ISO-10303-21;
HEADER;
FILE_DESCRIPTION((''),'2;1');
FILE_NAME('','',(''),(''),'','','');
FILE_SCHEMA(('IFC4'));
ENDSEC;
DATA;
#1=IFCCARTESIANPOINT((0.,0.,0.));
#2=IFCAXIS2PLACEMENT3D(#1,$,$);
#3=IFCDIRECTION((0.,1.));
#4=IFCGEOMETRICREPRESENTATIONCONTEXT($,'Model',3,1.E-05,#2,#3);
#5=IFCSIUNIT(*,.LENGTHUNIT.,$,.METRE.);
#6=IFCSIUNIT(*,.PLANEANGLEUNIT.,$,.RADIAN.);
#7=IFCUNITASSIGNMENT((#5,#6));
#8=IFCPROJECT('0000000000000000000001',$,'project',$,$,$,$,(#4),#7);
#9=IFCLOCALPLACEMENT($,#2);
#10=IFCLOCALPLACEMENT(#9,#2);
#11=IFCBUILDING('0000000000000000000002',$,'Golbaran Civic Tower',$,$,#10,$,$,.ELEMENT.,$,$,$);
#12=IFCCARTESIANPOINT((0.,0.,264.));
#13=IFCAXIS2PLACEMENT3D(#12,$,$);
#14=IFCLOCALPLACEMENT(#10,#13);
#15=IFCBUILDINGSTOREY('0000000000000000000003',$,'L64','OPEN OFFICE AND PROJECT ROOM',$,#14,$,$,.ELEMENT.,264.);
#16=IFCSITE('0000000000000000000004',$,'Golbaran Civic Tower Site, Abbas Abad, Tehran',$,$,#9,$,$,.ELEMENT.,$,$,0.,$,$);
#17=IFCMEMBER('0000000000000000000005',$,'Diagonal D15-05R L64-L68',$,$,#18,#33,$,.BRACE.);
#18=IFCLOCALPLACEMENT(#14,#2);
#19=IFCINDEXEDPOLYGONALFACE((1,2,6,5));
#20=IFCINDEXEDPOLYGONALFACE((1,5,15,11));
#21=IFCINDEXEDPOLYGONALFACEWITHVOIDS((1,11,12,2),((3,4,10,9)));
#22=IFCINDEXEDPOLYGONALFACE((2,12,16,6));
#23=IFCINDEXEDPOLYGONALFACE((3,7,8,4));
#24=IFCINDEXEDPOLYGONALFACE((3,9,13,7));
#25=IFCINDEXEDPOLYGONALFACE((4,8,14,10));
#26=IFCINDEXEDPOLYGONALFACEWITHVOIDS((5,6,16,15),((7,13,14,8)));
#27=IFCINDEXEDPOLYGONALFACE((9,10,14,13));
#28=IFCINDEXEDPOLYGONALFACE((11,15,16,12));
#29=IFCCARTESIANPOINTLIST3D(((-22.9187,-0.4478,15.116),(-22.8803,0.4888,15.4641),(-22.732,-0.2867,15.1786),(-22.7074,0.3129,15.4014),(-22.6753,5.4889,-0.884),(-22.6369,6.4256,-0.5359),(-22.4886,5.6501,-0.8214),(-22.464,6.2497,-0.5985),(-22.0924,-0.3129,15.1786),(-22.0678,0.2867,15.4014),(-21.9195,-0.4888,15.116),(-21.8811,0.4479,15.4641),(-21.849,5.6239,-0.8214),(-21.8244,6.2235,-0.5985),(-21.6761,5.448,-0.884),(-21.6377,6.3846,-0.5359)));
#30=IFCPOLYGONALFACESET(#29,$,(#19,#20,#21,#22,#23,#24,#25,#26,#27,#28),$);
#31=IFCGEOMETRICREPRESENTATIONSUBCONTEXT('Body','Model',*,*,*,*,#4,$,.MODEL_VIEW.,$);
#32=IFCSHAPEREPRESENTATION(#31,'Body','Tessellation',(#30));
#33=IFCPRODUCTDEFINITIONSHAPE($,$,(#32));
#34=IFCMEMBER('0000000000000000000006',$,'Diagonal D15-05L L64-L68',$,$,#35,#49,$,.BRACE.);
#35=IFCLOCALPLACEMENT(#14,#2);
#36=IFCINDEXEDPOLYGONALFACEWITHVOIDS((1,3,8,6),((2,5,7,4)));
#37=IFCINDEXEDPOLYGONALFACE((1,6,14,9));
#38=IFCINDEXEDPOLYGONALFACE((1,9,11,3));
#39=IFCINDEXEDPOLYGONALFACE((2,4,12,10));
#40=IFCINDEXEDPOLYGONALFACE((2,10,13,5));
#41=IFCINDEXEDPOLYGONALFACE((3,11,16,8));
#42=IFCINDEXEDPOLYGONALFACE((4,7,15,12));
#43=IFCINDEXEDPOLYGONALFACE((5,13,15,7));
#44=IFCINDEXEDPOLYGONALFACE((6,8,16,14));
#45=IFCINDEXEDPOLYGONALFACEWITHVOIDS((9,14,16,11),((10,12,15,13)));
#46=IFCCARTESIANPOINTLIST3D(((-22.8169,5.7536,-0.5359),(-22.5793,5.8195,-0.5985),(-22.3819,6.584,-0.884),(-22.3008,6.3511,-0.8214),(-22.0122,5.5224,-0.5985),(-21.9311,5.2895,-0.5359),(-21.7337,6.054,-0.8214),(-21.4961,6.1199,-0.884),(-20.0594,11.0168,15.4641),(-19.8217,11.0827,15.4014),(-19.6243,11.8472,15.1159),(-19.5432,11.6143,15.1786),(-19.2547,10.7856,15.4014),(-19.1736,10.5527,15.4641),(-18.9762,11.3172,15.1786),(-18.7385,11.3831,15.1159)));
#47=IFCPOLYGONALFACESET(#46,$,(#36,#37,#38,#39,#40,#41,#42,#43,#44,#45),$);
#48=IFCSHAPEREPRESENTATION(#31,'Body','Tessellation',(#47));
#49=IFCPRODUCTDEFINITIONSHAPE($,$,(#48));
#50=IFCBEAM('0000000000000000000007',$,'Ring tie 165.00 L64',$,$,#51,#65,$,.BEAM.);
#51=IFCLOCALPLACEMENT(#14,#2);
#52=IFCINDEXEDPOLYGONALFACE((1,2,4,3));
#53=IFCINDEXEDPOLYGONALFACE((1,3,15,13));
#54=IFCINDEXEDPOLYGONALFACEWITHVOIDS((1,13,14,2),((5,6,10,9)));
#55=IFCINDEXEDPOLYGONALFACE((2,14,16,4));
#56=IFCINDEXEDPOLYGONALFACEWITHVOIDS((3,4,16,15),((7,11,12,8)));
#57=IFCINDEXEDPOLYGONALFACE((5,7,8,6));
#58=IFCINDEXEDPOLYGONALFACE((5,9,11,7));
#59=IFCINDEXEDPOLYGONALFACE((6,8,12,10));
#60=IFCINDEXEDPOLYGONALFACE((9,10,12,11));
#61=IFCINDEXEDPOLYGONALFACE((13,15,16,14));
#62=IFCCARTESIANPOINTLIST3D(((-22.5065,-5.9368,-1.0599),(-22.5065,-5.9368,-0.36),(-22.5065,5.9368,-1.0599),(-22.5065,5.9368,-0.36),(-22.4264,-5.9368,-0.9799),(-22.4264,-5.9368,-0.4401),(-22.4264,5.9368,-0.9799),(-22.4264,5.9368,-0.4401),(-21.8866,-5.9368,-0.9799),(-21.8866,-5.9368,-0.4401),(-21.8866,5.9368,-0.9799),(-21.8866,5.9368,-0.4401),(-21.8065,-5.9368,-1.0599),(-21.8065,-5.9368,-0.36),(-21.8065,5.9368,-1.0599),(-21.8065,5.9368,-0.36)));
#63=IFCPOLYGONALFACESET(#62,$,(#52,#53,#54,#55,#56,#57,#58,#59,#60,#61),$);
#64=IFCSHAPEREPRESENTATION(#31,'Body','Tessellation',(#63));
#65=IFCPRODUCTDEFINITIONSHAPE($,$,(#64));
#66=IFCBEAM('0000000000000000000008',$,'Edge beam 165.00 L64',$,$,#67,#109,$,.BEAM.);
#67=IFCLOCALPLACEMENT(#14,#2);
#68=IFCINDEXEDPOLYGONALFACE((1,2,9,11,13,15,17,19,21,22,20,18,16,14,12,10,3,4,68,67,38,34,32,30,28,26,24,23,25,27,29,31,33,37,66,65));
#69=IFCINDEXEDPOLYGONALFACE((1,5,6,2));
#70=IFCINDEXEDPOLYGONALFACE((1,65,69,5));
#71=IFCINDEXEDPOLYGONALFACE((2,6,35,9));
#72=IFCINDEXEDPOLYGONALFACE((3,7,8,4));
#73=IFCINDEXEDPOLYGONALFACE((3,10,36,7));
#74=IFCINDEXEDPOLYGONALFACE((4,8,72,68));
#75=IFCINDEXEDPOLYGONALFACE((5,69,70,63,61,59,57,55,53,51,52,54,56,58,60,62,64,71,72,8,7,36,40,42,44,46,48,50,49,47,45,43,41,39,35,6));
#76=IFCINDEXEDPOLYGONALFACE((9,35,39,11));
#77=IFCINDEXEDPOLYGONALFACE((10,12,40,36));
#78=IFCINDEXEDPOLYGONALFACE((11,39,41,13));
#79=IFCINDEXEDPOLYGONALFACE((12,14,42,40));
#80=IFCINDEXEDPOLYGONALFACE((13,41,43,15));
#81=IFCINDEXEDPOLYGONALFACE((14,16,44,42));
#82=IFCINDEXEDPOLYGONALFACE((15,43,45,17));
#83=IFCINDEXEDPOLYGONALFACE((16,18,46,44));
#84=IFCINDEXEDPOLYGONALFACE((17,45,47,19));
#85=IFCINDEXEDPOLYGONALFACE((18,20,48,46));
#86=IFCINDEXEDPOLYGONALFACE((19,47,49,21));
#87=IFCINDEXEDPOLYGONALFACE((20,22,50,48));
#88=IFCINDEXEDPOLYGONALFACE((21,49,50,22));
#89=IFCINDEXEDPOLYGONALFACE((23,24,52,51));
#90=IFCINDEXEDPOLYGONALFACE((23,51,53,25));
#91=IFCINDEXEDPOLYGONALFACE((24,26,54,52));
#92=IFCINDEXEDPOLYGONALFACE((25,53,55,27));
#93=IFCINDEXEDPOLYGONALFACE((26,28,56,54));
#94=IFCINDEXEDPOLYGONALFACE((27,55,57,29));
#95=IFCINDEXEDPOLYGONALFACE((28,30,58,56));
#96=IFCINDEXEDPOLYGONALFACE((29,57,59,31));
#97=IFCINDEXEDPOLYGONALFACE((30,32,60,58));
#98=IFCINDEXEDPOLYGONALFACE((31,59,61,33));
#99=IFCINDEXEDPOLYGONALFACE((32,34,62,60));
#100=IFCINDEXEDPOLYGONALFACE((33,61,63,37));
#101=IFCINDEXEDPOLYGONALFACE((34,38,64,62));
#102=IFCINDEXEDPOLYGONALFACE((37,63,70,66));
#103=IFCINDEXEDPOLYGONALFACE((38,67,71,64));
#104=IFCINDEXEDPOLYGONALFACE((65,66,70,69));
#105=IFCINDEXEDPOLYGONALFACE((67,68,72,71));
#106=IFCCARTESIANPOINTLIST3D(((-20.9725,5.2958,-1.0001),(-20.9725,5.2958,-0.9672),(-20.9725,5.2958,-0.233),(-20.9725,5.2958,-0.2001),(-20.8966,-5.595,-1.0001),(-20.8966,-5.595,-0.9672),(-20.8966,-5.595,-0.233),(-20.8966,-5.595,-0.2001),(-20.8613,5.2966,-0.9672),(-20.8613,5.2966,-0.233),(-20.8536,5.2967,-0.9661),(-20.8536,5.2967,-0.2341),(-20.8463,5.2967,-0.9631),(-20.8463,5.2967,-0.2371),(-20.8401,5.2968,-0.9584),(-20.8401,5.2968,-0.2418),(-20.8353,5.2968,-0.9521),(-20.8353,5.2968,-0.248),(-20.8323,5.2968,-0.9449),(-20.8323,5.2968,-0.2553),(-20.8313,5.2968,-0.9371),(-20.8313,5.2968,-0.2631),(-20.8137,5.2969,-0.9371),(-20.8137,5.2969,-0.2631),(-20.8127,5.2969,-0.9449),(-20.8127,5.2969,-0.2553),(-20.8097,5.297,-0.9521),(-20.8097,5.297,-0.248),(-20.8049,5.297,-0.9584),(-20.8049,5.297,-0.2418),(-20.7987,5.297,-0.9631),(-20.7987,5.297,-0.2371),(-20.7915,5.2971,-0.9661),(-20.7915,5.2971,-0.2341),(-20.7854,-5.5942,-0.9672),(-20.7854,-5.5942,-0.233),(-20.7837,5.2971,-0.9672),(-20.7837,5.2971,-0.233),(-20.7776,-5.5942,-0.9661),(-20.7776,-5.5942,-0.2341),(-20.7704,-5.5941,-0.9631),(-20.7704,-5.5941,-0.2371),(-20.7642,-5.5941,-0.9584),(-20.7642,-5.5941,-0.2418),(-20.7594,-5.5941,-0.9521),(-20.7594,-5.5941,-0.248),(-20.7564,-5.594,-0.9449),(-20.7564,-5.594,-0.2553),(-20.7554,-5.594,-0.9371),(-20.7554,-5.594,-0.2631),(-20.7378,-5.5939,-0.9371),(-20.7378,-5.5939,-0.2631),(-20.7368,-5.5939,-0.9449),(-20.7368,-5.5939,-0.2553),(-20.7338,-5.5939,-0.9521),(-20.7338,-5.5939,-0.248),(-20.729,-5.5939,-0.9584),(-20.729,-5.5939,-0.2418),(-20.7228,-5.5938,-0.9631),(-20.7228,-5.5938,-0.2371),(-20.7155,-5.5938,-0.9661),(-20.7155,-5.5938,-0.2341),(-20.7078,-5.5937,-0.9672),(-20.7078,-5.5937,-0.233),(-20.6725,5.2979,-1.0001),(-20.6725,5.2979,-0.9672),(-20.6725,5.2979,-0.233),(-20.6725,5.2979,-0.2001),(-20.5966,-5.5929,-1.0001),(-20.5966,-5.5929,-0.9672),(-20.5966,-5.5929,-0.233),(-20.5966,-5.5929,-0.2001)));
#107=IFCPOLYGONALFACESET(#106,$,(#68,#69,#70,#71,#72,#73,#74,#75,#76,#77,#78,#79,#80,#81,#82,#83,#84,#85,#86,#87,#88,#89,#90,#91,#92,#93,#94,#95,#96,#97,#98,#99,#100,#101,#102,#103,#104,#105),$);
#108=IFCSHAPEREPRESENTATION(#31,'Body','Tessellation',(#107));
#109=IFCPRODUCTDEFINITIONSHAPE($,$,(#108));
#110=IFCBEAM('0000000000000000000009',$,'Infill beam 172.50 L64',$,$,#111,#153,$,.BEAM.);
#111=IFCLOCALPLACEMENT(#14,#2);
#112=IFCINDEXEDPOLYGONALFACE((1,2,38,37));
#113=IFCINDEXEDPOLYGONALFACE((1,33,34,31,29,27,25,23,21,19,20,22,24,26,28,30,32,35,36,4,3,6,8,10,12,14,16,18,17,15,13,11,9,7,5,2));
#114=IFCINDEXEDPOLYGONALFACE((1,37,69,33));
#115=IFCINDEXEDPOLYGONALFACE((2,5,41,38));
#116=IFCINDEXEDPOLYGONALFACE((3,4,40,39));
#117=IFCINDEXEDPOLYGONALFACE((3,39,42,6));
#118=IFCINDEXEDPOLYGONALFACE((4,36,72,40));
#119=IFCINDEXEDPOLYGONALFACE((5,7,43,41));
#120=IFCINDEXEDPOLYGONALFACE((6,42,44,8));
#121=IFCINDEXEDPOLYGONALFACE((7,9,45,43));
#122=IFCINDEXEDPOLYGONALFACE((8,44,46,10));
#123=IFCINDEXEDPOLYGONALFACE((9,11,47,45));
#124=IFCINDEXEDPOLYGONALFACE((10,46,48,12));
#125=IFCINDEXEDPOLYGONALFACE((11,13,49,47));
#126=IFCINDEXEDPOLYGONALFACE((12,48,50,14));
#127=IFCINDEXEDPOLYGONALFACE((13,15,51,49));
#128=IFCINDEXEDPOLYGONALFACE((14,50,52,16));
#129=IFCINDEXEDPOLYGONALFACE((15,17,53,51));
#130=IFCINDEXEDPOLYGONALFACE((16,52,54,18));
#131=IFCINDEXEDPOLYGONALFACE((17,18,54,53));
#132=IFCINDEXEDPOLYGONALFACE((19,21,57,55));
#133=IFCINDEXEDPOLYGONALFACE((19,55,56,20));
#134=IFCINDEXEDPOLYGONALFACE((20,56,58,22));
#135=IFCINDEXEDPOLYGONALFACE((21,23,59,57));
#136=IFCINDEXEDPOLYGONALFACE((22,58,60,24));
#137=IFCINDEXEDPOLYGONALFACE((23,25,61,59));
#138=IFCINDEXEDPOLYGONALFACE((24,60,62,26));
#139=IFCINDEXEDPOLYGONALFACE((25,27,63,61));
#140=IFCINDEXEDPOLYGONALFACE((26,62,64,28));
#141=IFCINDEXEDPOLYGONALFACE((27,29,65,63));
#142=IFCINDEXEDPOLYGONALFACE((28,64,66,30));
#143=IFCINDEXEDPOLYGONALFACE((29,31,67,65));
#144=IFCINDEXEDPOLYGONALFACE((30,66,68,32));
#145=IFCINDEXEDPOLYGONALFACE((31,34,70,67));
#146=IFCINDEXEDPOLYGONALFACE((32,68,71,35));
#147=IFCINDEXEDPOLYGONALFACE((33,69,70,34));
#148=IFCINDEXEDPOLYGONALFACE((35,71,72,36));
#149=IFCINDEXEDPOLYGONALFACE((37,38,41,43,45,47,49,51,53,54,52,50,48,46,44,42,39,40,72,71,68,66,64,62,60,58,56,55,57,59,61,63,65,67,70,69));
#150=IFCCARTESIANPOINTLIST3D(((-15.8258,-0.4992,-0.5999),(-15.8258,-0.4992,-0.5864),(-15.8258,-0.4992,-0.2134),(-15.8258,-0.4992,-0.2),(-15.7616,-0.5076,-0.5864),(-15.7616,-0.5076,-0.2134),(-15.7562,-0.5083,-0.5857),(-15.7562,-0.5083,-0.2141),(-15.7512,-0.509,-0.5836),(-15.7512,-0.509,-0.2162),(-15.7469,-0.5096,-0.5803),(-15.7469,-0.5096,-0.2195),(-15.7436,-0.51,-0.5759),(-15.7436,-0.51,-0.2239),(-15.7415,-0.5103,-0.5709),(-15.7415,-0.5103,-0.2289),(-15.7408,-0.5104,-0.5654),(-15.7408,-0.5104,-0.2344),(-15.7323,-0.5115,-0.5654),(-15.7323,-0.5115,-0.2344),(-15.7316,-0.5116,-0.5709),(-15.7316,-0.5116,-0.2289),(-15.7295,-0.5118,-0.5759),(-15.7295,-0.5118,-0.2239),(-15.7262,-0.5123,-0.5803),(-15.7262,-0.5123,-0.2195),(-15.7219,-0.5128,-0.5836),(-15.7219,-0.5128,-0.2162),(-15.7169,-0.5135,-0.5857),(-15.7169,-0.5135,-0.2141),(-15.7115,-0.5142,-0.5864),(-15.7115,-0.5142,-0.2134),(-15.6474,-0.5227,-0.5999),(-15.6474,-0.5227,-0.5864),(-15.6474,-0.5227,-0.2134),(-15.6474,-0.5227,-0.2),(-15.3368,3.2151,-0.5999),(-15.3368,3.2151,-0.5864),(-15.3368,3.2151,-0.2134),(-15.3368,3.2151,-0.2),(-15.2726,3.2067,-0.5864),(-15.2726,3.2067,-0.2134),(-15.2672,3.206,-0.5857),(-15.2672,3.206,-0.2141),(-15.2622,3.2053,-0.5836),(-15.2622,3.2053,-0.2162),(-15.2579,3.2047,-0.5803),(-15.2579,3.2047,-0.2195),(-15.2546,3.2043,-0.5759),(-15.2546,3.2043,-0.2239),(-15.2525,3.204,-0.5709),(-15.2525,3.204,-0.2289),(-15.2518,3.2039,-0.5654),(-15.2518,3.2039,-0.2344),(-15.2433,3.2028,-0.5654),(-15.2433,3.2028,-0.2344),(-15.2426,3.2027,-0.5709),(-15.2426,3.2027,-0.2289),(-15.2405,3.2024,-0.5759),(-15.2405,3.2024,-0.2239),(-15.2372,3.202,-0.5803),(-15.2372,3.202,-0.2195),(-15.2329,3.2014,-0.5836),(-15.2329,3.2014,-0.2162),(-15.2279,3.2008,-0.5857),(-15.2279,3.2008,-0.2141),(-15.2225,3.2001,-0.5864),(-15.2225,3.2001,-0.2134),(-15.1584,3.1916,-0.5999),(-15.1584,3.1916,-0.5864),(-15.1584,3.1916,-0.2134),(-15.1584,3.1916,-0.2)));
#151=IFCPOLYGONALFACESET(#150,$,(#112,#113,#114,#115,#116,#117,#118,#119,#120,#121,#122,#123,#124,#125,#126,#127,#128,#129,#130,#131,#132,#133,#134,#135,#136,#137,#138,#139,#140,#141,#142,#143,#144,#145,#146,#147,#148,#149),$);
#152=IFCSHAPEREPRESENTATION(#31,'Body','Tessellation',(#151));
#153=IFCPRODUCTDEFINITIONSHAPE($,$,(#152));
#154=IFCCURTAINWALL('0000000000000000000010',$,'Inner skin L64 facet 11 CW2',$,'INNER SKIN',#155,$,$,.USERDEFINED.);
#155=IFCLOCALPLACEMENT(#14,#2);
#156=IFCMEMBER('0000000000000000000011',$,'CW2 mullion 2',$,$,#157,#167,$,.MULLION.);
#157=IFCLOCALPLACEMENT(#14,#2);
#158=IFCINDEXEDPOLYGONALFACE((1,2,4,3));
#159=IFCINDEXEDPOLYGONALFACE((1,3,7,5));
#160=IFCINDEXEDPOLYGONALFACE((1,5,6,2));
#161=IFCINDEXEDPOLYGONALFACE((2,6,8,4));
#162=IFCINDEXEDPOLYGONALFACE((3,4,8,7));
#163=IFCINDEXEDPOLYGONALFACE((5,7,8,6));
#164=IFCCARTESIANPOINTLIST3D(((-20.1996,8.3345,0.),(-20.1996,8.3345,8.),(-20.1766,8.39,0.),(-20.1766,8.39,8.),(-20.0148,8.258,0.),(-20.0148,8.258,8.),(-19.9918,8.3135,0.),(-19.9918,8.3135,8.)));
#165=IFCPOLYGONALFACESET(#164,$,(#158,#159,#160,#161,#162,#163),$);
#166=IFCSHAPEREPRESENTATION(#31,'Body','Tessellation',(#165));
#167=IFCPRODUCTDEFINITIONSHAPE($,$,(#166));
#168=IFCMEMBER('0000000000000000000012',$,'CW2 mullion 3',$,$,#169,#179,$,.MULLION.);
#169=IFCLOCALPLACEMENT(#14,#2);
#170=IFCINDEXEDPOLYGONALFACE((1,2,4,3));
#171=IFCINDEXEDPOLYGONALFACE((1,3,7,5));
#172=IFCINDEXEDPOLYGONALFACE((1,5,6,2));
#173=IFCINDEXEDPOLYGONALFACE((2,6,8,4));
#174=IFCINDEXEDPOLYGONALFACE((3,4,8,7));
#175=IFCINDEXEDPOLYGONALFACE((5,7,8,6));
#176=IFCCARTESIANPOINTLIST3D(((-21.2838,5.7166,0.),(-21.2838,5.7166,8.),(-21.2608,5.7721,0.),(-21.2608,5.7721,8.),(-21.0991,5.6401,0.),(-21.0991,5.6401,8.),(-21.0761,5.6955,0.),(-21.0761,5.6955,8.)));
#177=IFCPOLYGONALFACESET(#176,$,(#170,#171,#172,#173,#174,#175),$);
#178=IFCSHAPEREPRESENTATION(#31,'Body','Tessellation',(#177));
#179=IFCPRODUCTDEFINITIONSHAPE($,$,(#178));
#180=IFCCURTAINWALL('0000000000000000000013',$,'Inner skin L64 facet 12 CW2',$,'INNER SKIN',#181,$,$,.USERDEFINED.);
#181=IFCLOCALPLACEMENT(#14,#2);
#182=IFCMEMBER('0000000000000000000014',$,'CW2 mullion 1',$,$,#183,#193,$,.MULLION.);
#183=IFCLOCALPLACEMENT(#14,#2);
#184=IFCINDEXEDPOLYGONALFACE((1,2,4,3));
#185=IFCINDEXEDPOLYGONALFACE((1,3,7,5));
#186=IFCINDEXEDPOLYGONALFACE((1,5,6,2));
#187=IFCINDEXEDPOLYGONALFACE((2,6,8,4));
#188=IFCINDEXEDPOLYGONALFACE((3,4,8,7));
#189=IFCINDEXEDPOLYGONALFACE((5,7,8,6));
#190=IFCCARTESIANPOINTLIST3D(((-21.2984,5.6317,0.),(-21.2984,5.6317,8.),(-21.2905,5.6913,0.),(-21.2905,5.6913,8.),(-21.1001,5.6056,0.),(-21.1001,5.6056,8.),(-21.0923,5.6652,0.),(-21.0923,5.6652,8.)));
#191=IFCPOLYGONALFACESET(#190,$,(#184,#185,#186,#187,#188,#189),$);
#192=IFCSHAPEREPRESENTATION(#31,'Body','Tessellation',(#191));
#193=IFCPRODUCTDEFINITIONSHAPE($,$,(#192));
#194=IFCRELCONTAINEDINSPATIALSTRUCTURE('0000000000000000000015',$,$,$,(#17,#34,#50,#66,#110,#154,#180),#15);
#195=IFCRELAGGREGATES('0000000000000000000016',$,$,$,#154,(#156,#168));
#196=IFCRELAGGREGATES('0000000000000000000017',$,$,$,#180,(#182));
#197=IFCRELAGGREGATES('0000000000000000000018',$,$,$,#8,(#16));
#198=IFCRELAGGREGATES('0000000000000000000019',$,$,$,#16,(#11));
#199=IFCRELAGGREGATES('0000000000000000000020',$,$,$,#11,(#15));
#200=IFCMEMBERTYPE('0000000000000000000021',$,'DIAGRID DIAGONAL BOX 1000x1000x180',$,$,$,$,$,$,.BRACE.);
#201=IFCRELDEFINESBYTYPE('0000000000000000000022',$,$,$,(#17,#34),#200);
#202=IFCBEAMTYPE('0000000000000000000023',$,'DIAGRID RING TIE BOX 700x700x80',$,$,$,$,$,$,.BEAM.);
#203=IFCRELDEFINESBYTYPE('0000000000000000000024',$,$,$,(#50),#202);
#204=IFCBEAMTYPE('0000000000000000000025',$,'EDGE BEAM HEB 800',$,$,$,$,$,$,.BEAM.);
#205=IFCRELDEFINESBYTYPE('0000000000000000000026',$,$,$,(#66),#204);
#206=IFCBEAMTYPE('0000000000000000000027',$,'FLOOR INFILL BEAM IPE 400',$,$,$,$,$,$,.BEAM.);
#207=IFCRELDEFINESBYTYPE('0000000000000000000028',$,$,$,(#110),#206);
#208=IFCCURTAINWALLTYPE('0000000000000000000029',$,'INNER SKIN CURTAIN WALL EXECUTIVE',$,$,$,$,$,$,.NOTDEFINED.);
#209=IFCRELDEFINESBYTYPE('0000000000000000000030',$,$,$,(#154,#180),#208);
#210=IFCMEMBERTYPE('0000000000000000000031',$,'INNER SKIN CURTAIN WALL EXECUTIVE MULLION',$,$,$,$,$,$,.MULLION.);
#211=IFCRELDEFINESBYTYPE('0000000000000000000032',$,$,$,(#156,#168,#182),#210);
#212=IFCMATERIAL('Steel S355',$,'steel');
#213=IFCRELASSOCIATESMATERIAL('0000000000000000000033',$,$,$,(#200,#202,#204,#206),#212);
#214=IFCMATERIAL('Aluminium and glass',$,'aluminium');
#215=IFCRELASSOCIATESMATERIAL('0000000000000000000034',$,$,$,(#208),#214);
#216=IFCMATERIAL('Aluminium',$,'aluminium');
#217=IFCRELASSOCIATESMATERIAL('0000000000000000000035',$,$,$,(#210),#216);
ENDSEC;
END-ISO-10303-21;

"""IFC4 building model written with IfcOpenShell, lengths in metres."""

from ifc_helpers import new_model, si_unit, direction, frame, origin, origin_2d, place, context, subcontext, project, spatial, rectangle, hollow_rectangle, i_section, extrude, material, material_profile, profile_set, type_object, element, aggregate, save


model = new_model("IFC4")

# Units and contexts
model_context = context("Model", 3, precision=1e-05, world=origin(), true_north=direction((0.0, 1.0)))
body_context = subcontext(model_context, "Body", "Model", "MODEL_VIEW")
ifc_project = project(units=[si_unit("LENGTHUNIT", "METRE"), si_unit("PLANEANGLEUNIT", "RADIAN")], contexts=[model_context])

# Site, building, storey
site_placement = place(None, origin())
site = spatial("IfcSite", under=ifc_project, at=site_placement, Name="Golbaran Civic Tower Site, Abbas Abad, Tehran", CompositionType="ELEMENT", RefElevation=0.0)
building_placement = place(site_placement, origin())
building = spatial("IfcBuilding", under=site, at=building_placement, Name="Golbaran Civic Tower", CompositionType="ELEMENT")
storey_placement = place(building_placement, frame((0.0, 0.0, 264.0)))
storey = spatial("IfcBuildingStorey", under=building, at=storey_placement, Name="L64", Description="OPEN OFFICE AND PROJECT ROOM", CompositionType="ELEMENT", Elevation=264.0)

# Members
ifc_material_1 = material(Name="Steel S355", Category="steel")
ifc_material_profile_1 = material_profile(ifc_material_1, hollow_rectangle(XDim=1.0, YDim=1.0, WallThickness=0.1799, at=origin_2d()), Name="BOX 1000x1000x180")
ifc_profile_set_1 = profile_set([ifc_material_profile_1], Name="Steel S355")
member_type_1 = type_object("IfcMemberType", Name="DIAGRID DIAGONAL BOX 1000x1000x180", PredefinedType="BRACE", material=ifc_profile_set_1)
for number, where, z_axis, x_axis, name in (
    (1, (-22.1565, 5.9368, -0.71), (-0.014261, -0.347838, 0.937446), (0.999161, -0.040966, 0.0), "Diagonal D15-05R L64-L68"),
    (2, (-22.1565, 5.9368, -0.71), (0.161567, 0.308372, 0.937445), (-0.885786, 0.464095, 0.0), "Diagonal D15-05L L64-L68"),
):
    element("IfcMember", number, at=place(storey_placement, frame(where, z_axis=z_axis, x_axis=x_axis)), inside=storey, type_object=member_type_1, Name=name, PredefinedType="BRACE", context=body_context, shape_type="SweptSolid", body=[
        extrude(hollow_rectangle(XDim=1.0, YDim=1.0, WallThickness=0.1799, at=origin_2d()), origin(), (0.0, 0.0, 1.0), 17.0676),
    ])

# Beams
ifc_material_profile_2 = material_profile(ifc_material_1, hollow_rectangle(XDim=0.7, YDim=0.7, WallThickness=0.0801, at=origin_2d()), Name="BOX 700x700x80")
ifc_profile_set_2 = profile_set([ifc_material_profile_2], Name="Steel S355")
beam_type_1 = type_object("IfcBeamType", Name="DIAGRID RING TIE BOX 700x700x80", PredefinedType="BEAM", material=ifc_profile_set_2)
beam_1_placement = place(storey_placement, frame((-22.1565, 5.9368, -0.71), z_axis=(0.0, -1.0, 0.0), x_axis=(1.0, 0.0, 0.0)))
element("IfcBeam", 3, at=beam_1_placement, inside=storey, type_object=beam_type_1, Name="Ring tie 165.00 L64", PredefinedType="BEAM", context=body_context, shape_type="SweptSolid", body=[
    extrude(hollow_rectangle(XDim=0.7, YDim=0.7, WallThickness=0.0801, at=origin_2d()), origin(), (0.0, 0.0, 1.0), 11.8735),
])
ifc_material_profile_3 = material_profile(ifc_material_1, i_section(OverallWidth=0.3, OverallDepth=0.8, WebThickness=0.0176, FlangeThickness=0.033, FilletRadius=0.03, at=origin_2d()), Name="HEB 800")
ifc_profile_set_3 = profile_set([ifc_material_profile_3], Name="Steel S355")
beam_type_2 = type_object("IfcBeamType", Name="EDGE BEAM HEB 800", PredefinedType="BEAM", material=ifc_profile_set_3)
beam_2_placement = place(storey_placement, frame((-20.8225, 5.2969, -0.6001), z_axis=(0.006972, -0.999976, 0.0), x_axis=(0.999976, 0.006972, 0.0)))
element("IfcBeam", 4, at=beam_2_placement, inside=storey, type_object=beam_type_2, Name="Edge beam 165.00 L64", PredefinedType="BEAM", context=body_context, shape_type="SweptSolid", body=[
    extrude(i_section(OverallWidth=0.3, OverallDepth=0.8, WebThickness=0.0176, FlangeThickness=0.033, FilletRadius=0.03, at=origin_2d()), origin(), (0.0, 0.0, 1.0), 10.8911),
])
ifc_material_profile_4 = material_profile(ifc_material_1, i_section(OverallWidth=0.1799, OverallDepth=0.3999, WebThickness=0.0085, FlangeThickness=0.0134, FilletRadius=0.021, at=origin_2d()), Name="IPE 400")
ifc_profile_set_4 = profile_set([ifc_material_profile_4], Name="Steel S355")
beam_type_3 = type_object("IfcBeamType", Name="FLOOR INFILL BEAM IPE 400", PredefinedType="BEAM", material=ifc_profile_set_4)
beam_3_placement = place(storey_placement, frame((-15.2476, 3.2034, -0.3999), z_axis=(-0.130529, -0.991445, 0.0), x_axis=(0.991445, -0.130529, 0.0)))
element("IfcBeam", 5, at=beam_3_placement, inside=storey, type_object=beam_type_3, Name="Infill beam 172.50 L64", PredefinedType="BEAM", context=body_context, shape_type="SweptSolid", body=[
    extrude(i_section(OverallWidth=0.1799, OverallDepth=0.3999, WebThickness=0.0085, FlangeThickness=0.0134, FilletRadius=0.021, at=origin_2d()), origin(), (0.0, 0.0, 1.0), 3.7463),
])

# Curtain walls, members
ifc_material_2 = material(Name="Aluminium and glass", Category="aluminium")
curtain_wall_type_1 = type_object("IfcCurtainWallType", Name="INNER SKIN CURTAIN WALL EXECUTIVE", PredefinedType="NOTDEFINED", material=ifc_material_2)
curtain_wall_1_placement = place(storey_placement, origin())
curtain_wall_1 = element("IfcCurtainWall", 6, at=curtain_wall_1_placement, inside=storey, type_object=curtain_wall_type_1, Name="Inner skin L64 facet 11 CW2", ObjectType="INNER SKIN", PredefinedType="USERDEFINED")
ifc_material_3 = material(Name="Aluminium", Category="aluminium")
ifc_material_profile_5 = material_profile(ifc_material_3, rectangle(XDim=0.2, YDim=0.0601, at=origin_2d()), Name="INNER SKIN CURTAIN WALL EXECUTIVE MULLION")
ifc_profile_set_5 = profile_set([ifc_material_profile_5], Name="Aluminium")
member_type_2 = type_object("IfcMemberType", Name="INNER SKIN CURTAIN WALL EXECUTIVE MULLION", PredefinedType="MULLION", material=ifc_profile_set_5)
member_1_placement = place(storey_placement, frame((-20.0957, 8.324, 0.0), z_axis=(0.0, 0.0, 1.0), x_axis=(0.92388, -0.382683, 0.0)))
member_1 = element("IfcMember", 7, at=member_1_placement, type_object=member_type_2, Name="CW2 mullion 2", PredefinedType="MULLION", context=body_context, shape_type="SweptSolid", body=[
    extrude(rectangle(XDim=0.2, YDim=0.0601, at=origin_2d()), origin(), (0.0, 0.0, 1.0), 8.0),
])
member_2_placement = place(storey_placement, frame((-21.1799, 5.7061, 0.0), z_axis=(0.0, 0.0, 1.0), x_axis=(0.92388, -0.382683, 0.0)))
member_2 = element("IfcMember", 8, at=member_2_placement, type_object=member_type_2, Name="CW2 mullion 3", PredefinedType="MULLION", context=body_context, shape_type="SweptSolid", body=[
    extrude(rectangle(XDim=0.2, YDim=0.0601, at=origin_2d()), origin(), (0.0, 0.0, 1.0), 8.0),
])
curtain_wall_2_placement = place(storey_placement, origin())
curtain_wall_2 = element("IfcCurtainWall", 9, at=curtain_wall_2_placement, inside=storey, type_object=curtain_wall_type_1, Name="Inner skin L64 facet 12 CW2", ObjectType="INNER SKIN", PredefinedType="USERDEFINED")
member_3_placement = place(storey_placement, frame((-21.1953, 5.6484, 0.0), z_axis=(0.0, 0.0, 1.0), x_axis=(0.991445, -0.130526, 0.0)))
member_3 = element("IfcMember", 10, at=member_3_placement, type_object=member_type_2, Name="CW2 mullion 1", PredefinedType="MULLION", context=body_context, shape_type="SweptSolid", body=[
    extrude(rectangle(XDim=0.2, YDim=0.0601, at=origin_2d()), origin(), (0.0, 0.0, 1.0), 8.0),
])

aggregate(curtain_wall_1, [member_1, member_2])
aggregate(curtain_wall_2, [member_3])

save(model, "model.ifc")
